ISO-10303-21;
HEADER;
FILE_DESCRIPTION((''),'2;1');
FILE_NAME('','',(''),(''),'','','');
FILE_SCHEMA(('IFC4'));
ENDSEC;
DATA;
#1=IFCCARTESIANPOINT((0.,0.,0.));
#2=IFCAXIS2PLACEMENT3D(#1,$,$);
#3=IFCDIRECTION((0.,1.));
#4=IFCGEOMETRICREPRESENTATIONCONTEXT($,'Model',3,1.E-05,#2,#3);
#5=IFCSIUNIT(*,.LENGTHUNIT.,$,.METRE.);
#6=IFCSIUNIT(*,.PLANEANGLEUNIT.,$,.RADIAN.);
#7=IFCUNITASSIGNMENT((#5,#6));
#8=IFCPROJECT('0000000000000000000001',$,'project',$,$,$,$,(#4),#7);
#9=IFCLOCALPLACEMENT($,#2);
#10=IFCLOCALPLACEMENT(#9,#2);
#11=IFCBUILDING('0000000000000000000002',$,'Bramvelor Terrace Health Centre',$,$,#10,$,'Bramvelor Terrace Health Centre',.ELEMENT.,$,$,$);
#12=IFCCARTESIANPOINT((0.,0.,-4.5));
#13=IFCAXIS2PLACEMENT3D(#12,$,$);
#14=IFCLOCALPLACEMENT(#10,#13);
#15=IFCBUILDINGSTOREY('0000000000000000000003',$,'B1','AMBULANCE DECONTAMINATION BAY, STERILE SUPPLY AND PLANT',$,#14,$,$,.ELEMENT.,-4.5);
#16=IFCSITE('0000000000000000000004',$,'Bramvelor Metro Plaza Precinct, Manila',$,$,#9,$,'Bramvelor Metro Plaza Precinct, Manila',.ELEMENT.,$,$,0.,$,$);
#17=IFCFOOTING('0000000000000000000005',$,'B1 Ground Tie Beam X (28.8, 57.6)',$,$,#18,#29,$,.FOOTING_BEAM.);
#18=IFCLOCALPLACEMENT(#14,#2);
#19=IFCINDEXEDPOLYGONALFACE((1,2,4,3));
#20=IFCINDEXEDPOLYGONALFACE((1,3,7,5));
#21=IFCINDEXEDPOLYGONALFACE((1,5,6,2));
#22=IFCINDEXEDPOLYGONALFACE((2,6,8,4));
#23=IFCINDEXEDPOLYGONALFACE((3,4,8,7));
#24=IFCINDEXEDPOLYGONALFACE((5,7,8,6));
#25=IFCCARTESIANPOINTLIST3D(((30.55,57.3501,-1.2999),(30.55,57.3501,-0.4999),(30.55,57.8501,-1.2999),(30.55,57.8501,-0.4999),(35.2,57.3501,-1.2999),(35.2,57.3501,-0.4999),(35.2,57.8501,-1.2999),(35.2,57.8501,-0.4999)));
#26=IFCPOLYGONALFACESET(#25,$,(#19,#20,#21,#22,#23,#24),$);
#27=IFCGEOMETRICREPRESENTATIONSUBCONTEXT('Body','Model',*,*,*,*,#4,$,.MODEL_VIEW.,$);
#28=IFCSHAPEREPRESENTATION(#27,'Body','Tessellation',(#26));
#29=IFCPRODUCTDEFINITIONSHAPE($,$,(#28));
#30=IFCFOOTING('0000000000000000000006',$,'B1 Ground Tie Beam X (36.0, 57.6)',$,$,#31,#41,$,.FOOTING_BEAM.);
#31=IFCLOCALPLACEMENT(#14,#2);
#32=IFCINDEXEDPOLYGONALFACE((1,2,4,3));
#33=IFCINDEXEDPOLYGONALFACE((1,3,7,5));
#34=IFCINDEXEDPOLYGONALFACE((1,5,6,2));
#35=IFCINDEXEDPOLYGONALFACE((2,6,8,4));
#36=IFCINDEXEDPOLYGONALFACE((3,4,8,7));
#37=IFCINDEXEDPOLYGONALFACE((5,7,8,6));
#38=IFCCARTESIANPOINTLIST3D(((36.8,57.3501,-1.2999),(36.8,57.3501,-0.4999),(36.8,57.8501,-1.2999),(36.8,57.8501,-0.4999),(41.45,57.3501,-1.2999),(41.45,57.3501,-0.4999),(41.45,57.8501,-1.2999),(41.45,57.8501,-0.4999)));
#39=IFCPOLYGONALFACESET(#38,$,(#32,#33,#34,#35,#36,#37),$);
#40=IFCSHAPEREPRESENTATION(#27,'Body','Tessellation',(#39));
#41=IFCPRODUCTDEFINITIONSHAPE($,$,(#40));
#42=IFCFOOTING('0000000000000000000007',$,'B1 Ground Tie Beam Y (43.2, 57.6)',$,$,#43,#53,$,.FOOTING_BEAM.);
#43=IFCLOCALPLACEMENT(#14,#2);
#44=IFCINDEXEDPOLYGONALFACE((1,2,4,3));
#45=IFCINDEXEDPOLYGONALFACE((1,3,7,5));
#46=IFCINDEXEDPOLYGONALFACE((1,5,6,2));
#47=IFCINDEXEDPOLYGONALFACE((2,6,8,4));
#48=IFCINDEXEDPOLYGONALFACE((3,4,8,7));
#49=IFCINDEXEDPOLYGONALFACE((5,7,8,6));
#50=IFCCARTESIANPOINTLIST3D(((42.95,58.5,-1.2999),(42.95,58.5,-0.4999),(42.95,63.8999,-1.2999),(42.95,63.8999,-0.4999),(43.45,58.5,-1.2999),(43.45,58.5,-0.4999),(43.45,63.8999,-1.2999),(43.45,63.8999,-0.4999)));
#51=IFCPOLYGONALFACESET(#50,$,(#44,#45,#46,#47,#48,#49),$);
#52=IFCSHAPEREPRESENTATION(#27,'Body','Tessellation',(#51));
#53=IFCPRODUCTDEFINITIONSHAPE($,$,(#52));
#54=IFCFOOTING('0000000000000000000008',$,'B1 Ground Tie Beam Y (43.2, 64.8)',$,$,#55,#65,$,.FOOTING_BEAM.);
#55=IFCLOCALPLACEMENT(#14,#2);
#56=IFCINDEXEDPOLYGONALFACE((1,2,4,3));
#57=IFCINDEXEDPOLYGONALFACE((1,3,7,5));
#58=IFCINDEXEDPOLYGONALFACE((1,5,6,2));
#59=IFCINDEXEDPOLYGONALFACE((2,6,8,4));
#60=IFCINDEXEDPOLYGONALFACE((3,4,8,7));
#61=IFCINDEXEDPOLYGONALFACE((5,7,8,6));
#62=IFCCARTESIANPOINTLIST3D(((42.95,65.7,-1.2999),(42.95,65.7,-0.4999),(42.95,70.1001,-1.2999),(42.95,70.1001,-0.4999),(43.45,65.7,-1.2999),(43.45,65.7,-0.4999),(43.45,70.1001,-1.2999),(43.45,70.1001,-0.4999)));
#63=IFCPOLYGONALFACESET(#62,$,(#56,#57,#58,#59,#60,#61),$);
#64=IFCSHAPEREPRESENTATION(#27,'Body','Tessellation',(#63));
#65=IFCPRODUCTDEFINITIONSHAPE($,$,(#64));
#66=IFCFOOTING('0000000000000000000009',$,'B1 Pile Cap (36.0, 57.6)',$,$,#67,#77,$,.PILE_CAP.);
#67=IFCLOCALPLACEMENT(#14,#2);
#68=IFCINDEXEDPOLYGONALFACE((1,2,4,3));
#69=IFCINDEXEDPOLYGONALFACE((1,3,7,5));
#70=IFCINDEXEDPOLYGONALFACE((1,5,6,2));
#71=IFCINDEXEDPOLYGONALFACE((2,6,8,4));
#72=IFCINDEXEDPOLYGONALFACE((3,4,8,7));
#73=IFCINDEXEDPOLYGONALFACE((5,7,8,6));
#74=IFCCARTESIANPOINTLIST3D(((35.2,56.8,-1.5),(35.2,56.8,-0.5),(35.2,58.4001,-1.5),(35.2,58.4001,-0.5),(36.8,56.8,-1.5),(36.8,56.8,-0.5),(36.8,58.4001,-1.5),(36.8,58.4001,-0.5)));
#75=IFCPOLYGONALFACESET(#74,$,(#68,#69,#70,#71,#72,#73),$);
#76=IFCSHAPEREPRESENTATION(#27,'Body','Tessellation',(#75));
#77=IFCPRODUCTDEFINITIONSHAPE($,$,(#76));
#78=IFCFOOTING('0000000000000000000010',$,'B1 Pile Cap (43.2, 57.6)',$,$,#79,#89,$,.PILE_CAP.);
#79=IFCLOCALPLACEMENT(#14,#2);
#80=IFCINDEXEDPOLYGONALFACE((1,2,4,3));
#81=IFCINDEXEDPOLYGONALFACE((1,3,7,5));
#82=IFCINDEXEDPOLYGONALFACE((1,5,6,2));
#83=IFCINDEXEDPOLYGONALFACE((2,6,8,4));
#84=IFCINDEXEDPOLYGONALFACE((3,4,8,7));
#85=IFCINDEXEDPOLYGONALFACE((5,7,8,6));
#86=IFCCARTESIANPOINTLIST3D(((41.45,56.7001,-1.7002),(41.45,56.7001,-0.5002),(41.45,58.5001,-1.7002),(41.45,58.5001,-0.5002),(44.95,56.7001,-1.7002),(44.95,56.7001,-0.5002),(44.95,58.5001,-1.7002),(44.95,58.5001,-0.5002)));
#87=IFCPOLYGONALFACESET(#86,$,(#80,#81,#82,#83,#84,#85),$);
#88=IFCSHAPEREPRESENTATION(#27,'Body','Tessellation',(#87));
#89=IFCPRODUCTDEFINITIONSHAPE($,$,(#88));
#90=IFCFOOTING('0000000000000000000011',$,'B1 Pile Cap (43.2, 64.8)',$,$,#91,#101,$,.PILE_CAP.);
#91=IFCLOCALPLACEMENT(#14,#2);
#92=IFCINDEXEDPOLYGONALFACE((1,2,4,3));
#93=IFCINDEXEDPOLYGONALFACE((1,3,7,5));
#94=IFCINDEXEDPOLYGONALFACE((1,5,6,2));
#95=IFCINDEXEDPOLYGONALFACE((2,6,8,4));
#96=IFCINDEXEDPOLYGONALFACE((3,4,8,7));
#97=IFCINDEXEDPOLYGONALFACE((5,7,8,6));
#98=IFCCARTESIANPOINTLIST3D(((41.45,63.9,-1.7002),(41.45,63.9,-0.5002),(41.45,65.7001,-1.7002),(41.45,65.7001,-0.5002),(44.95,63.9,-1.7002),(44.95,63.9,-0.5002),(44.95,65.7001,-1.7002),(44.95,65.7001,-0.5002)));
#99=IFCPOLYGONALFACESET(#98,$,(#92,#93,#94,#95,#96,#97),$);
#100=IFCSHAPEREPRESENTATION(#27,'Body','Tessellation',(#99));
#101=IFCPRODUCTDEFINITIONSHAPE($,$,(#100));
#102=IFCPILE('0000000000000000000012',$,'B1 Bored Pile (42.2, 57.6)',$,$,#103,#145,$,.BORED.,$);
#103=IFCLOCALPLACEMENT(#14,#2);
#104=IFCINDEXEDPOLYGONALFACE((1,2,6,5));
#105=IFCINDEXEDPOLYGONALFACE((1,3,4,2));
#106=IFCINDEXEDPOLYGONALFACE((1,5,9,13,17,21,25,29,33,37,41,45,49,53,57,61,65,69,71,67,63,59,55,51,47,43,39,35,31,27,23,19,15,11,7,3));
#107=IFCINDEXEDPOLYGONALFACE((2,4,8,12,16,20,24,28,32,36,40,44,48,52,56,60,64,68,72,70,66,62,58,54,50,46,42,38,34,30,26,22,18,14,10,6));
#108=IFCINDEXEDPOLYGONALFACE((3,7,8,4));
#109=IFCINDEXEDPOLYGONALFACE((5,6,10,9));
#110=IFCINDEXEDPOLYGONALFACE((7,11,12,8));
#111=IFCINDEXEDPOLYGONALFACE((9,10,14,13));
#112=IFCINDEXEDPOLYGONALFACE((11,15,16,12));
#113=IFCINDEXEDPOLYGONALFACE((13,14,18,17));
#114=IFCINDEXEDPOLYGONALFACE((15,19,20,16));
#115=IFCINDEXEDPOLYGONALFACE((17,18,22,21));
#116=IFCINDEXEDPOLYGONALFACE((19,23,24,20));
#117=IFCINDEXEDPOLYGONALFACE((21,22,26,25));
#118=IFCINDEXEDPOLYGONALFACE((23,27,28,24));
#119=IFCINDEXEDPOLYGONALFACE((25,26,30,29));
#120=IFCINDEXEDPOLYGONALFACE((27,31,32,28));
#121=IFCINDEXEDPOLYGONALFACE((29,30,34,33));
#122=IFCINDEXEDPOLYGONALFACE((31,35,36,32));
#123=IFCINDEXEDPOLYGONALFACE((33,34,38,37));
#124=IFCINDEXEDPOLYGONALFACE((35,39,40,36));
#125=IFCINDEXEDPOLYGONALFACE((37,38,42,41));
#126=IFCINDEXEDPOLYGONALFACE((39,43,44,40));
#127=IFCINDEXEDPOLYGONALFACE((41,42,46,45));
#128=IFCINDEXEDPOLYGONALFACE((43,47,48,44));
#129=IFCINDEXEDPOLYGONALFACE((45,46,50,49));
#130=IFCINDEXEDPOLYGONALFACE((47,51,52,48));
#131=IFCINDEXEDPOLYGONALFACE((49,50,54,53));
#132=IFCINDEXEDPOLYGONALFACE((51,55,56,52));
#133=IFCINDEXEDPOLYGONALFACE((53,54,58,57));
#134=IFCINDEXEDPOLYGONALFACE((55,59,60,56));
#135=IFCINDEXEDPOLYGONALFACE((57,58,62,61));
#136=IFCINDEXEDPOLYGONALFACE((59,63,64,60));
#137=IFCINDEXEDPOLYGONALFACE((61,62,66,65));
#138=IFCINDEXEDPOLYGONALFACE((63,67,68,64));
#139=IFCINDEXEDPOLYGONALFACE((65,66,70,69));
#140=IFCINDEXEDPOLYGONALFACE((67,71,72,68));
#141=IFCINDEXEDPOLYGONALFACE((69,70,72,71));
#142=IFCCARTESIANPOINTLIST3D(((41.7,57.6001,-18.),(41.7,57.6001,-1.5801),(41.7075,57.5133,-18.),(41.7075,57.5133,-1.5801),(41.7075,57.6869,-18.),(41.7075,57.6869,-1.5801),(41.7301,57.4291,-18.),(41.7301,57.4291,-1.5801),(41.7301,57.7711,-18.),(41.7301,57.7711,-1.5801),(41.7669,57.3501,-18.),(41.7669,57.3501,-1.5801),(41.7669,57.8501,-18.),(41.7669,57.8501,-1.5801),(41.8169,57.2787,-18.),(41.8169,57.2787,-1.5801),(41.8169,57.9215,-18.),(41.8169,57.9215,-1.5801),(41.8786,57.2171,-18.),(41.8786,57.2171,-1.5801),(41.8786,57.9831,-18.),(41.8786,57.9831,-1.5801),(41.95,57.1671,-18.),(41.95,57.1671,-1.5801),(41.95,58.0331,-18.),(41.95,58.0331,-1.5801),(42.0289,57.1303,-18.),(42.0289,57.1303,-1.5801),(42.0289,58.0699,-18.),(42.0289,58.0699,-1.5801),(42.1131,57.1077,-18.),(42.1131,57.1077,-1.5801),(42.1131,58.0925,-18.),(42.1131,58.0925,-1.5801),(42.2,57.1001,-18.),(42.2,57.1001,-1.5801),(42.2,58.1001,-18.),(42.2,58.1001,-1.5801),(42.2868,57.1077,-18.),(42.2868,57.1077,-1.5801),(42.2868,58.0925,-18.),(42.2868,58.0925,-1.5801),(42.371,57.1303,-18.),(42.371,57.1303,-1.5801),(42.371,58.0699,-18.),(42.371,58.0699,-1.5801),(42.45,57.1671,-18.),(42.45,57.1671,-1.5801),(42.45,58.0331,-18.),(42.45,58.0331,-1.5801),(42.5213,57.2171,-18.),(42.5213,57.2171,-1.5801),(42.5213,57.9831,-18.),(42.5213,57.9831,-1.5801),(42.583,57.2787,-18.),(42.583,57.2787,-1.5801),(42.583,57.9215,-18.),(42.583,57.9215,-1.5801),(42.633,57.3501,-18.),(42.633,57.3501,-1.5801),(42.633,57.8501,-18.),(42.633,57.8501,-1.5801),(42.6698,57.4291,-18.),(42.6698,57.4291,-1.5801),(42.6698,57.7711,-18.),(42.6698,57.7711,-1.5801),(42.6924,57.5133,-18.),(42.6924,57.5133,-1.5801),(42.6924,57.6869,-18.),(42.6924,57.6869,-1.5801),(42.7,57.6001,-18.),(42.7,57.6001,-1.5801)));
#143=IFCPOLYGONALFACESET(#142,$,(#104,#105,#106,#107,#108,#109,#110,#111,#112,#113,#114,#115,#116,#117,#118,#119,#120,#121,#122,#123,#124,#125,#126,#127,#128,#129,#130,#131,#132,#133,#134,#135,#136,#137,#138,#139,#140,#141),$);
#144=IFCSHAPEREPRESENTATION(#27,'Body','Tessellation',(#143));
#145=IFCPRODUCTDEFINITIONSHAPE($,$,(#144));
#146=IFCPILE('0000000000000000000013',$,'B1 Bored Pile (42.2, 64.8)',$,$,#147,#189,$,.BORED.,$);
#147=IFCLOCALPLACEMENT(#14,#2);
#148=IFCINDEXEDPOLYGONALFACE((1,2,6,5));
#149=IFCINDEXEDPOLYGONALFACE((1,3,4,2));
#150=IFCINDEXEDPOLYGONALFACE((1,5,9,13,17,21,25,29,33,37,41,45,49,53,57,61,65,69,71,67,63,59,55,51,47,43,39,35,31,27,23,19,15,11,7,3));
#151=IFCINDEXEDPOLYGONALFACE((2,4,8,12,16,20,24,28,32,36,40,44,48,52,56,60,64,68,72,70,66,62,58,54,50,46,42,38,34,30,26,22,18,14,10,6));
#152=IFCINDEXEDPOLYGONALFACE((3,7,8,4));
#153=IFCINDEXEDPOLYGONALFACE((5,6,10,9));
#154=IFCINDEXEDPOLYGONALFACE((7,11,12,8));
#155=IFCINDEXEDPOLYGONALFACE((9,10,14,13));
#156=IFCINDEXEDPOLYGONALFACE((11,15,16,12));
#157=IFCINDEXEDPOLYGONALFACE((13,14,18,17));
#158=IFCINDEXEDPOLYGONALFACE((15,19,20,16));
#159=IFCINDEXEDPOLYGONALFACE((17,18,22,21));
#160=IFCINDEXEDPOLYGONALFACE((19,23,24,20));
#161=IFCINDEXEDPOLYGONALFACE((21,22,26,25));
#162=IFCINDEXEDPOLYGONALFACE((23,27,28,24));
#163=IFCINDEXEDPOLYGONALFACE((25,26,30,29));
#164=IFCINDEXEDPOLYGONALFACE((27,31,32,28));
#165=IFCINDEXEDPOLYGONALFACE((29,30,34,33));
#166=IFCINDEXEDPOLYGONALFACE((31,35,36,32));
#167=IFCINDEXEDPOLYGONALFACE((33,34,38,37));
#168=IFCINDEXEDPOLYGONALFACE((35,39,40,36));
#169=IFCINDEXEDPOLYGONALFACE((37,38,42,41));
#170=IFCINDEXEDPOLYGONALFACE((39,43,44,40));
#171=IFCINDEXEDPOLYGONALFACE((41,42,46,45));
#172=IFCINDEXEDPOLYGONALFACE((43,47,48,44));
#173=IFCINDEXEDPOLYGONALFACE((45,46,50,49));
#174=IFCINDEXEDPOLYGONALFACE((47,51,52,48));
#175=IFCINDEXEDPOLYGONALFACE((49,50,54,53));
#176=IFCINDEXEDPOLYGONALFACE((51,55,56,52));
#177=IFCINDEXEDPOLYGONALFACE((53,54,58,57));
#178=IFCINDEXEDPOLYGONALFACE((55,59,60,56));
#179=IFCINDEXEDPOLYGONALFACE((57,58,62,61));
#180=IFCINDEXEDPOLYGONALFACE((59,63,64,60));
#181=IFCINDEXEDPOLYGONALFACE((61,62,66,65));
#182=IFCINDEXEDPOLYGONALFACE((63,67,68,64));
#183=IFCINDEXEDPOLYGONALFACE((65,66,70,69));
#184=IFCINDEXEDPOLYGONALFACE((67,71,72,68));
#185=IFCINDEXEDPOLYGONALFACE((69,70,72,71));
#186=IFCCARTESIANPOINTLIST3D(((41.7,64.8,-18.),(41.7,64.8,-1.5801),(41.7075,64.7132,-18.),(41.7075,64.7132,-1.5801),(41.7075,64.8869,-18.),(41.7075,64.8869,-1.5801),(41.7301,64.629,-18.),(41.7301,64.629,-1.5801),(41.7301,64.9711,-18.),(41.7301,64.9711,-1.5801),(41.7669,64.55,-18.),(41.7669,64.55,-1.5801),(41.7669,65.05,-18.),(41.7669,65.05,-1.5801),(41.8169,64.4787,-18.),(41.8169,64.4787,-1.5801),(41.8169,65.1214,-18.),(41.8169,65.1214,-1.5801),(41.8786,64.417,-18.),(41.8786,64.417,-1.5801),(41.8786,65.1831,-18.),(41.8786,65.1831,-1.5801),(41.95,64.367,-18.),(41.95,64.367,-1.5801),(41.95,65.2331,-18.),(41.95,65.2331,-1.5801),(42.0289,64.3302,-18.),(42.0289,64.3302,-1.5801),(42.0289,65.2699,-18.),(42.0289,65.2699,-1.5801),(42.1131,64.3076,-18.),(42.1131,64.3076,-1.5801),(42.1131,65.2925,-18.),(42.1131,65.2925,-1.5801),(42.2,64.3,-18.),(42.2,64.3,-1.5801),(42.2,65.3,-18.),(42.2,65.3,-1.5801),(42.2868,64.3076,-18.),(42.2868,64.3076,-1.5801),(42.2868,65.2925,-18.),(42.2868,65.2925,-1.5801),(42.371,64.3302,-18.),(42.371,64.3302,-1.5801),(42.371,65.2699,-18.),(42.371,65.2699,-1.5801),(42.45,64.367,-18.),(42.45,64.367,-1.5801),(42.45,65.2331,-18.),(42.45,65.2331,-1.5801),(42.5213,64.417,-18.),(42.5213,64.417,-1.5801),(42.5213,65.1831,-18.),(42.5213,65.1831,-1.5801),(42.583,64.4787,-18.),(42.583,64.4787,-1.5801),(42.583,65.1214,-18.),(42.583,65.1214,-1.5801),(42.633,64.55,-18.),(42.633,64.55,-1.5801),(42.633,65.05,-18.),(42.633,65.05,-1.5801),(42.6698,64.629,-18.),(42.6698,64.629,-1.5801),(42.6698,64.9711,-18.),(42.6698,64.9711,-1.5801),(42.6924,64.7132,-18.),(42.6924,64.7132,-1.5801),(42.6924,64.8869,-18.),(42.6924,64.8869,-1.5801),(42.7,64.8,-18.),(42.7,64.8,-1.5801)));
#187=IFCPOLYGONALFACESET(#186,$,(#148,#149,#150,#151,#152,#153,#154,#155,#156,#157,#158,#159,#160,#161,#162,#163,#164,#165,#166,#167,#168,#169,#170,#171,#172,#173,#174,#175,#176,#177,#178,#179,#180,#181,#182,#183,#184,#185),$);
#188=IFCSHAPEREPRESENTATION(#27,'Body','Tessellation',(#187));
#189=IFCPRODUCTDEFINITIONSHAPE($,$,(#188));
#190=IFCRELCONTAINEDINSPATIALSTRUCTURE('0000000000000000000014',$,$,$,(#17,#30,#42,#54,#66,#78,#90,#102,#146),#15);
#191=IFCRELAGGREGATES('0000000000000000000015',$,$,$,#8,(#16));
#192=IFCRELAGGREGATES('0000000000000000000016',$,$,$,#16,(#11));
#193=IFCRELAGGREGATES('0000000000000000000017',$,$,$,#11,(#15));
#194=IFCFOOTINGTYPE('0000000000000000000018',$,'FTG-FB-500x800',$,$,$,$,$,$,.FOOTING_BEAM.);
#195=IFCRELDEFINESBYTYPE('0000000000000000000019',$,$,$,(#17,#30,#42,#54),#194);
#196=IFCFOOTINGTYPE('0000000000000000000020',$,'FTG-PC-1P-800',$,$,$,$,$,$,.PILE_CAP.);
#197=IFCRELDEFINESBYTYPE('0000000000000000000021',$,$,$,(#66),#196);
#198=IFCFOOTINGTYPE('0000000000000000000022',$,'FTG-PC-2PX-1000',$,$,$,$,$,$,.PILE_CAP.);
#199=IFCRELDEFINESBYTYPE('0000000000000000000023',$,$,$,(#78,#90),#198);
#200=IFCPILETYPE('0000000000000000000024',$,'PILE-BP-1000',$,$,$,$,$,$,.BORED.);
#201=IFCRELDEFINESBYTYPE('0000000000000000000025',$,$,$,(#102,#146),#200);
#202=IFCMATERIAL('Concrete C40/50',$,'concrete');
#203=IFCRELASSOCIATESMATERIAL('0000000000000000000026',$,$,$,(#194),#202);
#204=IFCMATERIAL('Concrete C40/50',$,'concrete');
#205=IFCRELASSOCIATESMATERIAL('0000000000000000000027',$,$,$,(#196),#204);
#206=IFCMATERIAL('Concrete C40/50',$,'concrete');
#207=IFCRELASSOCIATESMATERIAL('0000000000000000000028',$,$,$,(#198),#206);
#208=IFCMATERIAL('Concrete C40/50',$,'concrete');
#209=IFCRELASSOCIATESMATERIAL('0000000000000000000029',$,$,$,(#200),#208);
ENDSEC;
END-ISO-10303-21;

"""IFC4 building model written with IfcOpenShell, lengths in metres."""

from ifc_helpers import new_model, si_unit, direction, frame, origin, origin_2d, place, context, subcontext, project, spatial, rectangle, circle, extrude, material, material_profile, profile_set, type_object, element, save


model = new_model("IFC4")

# Units and contexts
model_context = context("Model", 3, precision=1e-05, world=origin(), true_north=direction((0.0, 1.0)))
body_context = subcontext(model_context, "Body", "Model", "MODEL_VIEW")
ifc_project = project(units=[si_unit("LENGTHUNIT", "METRE"), si_unit("PLANEANGLEUNIT", "RADIAN")], contexts=[model_context])

# Site, building, storey
site_placement = place(None, origin())
site = spatial("IfcSite", under=ifc_project, at=site_placement, Name="Bramvelor Metro Plaza Precinct, Manila", LongName="Bramvelor Metro Plaza Precinct, Manila", CompositionType="ELEMENT", RefElevation=0.0)
building_placement = place(site_placement, origin())
building = spatial("IfcBuilding", under=site, at=building_placement, Name="Bramvelor Terrace Health Centre", LongName="Bramvelor Terrace Health Centre", CompositionType="ELEMENT")
storey_placement = place(building_placement, frame((0.0, 0.0, -4.5)))
storey = spatial("IfcBuildingStorey", under=building, at=storey_placement, Name="B1", Description="AMBULANCE DECONTAMINATION BAY, STERILE SUPPLY AND PLANT", CompositionType="ELEMENT", Elevation=-4.5)

# Footings
ifc_material_1 = material(Name="Concrete C40/50", Category="concrete")
ifc_material_profile_1 = material_profile(ifc_material_1, rectangle(XDim=0.5, YDim=0.8, at=origin_2d()), Name="RC 500x800")
ifc_profile_set_1 = profile_set([ifc_material_profile_1], Name="Concrete C40/50")
footing_type_1 = type_object("IfcFootingType", Name="FTG-FB-500x800", PredefinedType="FOOTING_BEAM", material=ifc_profile_set_1)
for number, where, z_axis, x_axis, name in (
    (1, (30.55, 57.6001, -0.8999), (1.0, 0.0, 0.0), (0.0, 1.0, 0.0), "B1 Ground Tie Beam X (28.8, 57.6)"),
    (2, (36.8, 57.6001, -0.8999), (1.0, 0.0, 0.0), (0.0, 1.0, 0.0), "B1 Ground Tie Beam X (36.0, 57.6)"),
):
    element("IfcFooting", number, at=place(storey_placement, frame(where, z_axis=z_axis, x_axis=x_axis)), inside=storey, type_object=footing_type_1, Name=name, PredefinedType="FOOTING_BEAM", context=body_context, shape_type="SweptSolid", body=[
        extrude(rectangle(XDim=0.5, YDim=0.8, at=origin_2d()), origin(), (0.0, 0.0, 1.0), 4.6499),
    ])
footing_1_placement = place(storey_placement, frame((43.2, 58.5, -0.8999), z_axis=(0.0, 1.0, 0.0), x_axis=(-1.0, 0.0, 0.0)))
element("IfcFooting", 3, at=footing_1_placement, inside=storey, type_object=footing_type_1, Name="B1 Ground Tie Beam Y (43.2, 57.6)", PredefinedType="FOOTING_BEAM", context=body_context, shape_type="SweptSolid", body=[
    extrude(rectangle(XDim=0.5, YDim=0.8, at=origin_2d()), origin(), (0.0, 0.0, 1.0), 5.3999),
])
footing_2_placement = place(storey_placement, frame((43.2, 65.7, -0.8999), z_axis=(0.0, 1.0, 0.0), x_axis=(-1.0, 0.0, 0.0)))
element("IfcFooting", 4, at=footing_2_placement, inside=storey, type_object=footing_type_1, Name="B1 Ground Tie Beam Y (43.2, 64.8)", PredefinedType="FOOTING_BEAM", context=body_context, shape_type="SweptSolid", body=[
    extrude(rectangle(XDim=0.5, YDim=0.8, at=origin_2d()), origin(), (0.0, 0.0, 1.0), 4.4001),
])
ifc_material_2 = material(Name="Concrete C40/50", Category="concrete")
footing_type_2 = type_object("IfcFootingType", Name="FTG-PC-1P-800", PredefinedType="PILE_CAP", material=ifc_material_2)
footing_3_placement = place(storey_placement, frame((36.0, 57.6001, -1.5), z_axis=(0.0, 0.0, 1.0), x_axis=(1.0, 0.0, 0.0)))
element("IfcFooting", 5, at=footing_3_placement, inside=storey, type_object=footing_type_2, Name="B1 Pile Cap (36.0, 57.6)", PredefinedType="PILE_CAP", context=body_context, shape_type="SweptSolid", body=[
    extrude(rectangle(XDim=1.6001, YDim=1.6001, at=origin_2d()), origin(), (0.0, 0.0, 1.0), 1.0),
])
ifc_material_3 = material(Name="Concrete C40/50", Category="concrete")
footing_type_3 = type_object("IfcFootingType", Name="FTG-PC-2PX-1000", PredefinedType="PILE_CAP", material=ifc_material_3)
for number, where, z_axis, x_axis, name in (
    (6, (43.2, 57.6001, -1.7002), (0.0, 0.0, 1.0), (1.0, 0.0, 0.0), "B1 Pile Cap (43.2, 57.6)"),
    (7, (43.2, 64.8, -1.7002), (0.0, 0.0, 1.0), (1.0, 0.0, 0.0), "B1 Pile Cap (43.2, 64.8)"),
):
    element("IfcFooting", number, at=place(storey_placement, frame(where, z_axis=z_axis, x_axis=x_axis)), inside=storey, type_object=footing_type_3, Name=name, PredefinedType="PILE_CAP", context=body_context, shape_type="SweptSolid", body=[
        extrude(rectangle(XDim=3.5, YDim=1.8, at=origin_2d()), origin(), (0.0, 0.0, 1.0), 1.2),
    ])

# Piles
ifc_material_4 = material(Name="Concrete C40/50", Category="concrete")
ifc_material_profile_2 = material_profile(ifc_material_4, circle(Radius=0.5, at=origin_2d()), Name="BP D1000")
ifc_profile_set_2 = profile_set([ifc_material_profile_2], Name="Concrete C40/50")
pile_type_1 = type_object("IfcPileType", Name="PILE-BP-1000", PredefinedType="BORED", material=ifc_profile_set_2)
for number, where, z_axis, x_axis, name in (
    (8, (42.2, 57.6001, -1.5801), (0.0, 0.0, -1.0), (1.0, 0.0, 0.0), "B1 Bored Pile (42.2, 57.6)"),
    (9, (42.2, 64.8, -1.5801), (0.0, 0.0, -1.0), (1.0, 0.0, 0.0), "B1 Bored Pile (42.2, 64.8)"),
):
    element("IfcPile", number, at=place(storey_placement, frame(where, z_axis=z_axis, x_axis=x_axis)), inside=storey, type_object=pile_type_1, Name=name, PredefinedType="BORED", context=body_context, shape_type="SweptSolid", body=[
        extrude(circle(Radius=0.5, at=origin_2d()), origin(), (0.0, 0.0, 1.0), 16.4199),
    ])

save(model, "model.ifc")
